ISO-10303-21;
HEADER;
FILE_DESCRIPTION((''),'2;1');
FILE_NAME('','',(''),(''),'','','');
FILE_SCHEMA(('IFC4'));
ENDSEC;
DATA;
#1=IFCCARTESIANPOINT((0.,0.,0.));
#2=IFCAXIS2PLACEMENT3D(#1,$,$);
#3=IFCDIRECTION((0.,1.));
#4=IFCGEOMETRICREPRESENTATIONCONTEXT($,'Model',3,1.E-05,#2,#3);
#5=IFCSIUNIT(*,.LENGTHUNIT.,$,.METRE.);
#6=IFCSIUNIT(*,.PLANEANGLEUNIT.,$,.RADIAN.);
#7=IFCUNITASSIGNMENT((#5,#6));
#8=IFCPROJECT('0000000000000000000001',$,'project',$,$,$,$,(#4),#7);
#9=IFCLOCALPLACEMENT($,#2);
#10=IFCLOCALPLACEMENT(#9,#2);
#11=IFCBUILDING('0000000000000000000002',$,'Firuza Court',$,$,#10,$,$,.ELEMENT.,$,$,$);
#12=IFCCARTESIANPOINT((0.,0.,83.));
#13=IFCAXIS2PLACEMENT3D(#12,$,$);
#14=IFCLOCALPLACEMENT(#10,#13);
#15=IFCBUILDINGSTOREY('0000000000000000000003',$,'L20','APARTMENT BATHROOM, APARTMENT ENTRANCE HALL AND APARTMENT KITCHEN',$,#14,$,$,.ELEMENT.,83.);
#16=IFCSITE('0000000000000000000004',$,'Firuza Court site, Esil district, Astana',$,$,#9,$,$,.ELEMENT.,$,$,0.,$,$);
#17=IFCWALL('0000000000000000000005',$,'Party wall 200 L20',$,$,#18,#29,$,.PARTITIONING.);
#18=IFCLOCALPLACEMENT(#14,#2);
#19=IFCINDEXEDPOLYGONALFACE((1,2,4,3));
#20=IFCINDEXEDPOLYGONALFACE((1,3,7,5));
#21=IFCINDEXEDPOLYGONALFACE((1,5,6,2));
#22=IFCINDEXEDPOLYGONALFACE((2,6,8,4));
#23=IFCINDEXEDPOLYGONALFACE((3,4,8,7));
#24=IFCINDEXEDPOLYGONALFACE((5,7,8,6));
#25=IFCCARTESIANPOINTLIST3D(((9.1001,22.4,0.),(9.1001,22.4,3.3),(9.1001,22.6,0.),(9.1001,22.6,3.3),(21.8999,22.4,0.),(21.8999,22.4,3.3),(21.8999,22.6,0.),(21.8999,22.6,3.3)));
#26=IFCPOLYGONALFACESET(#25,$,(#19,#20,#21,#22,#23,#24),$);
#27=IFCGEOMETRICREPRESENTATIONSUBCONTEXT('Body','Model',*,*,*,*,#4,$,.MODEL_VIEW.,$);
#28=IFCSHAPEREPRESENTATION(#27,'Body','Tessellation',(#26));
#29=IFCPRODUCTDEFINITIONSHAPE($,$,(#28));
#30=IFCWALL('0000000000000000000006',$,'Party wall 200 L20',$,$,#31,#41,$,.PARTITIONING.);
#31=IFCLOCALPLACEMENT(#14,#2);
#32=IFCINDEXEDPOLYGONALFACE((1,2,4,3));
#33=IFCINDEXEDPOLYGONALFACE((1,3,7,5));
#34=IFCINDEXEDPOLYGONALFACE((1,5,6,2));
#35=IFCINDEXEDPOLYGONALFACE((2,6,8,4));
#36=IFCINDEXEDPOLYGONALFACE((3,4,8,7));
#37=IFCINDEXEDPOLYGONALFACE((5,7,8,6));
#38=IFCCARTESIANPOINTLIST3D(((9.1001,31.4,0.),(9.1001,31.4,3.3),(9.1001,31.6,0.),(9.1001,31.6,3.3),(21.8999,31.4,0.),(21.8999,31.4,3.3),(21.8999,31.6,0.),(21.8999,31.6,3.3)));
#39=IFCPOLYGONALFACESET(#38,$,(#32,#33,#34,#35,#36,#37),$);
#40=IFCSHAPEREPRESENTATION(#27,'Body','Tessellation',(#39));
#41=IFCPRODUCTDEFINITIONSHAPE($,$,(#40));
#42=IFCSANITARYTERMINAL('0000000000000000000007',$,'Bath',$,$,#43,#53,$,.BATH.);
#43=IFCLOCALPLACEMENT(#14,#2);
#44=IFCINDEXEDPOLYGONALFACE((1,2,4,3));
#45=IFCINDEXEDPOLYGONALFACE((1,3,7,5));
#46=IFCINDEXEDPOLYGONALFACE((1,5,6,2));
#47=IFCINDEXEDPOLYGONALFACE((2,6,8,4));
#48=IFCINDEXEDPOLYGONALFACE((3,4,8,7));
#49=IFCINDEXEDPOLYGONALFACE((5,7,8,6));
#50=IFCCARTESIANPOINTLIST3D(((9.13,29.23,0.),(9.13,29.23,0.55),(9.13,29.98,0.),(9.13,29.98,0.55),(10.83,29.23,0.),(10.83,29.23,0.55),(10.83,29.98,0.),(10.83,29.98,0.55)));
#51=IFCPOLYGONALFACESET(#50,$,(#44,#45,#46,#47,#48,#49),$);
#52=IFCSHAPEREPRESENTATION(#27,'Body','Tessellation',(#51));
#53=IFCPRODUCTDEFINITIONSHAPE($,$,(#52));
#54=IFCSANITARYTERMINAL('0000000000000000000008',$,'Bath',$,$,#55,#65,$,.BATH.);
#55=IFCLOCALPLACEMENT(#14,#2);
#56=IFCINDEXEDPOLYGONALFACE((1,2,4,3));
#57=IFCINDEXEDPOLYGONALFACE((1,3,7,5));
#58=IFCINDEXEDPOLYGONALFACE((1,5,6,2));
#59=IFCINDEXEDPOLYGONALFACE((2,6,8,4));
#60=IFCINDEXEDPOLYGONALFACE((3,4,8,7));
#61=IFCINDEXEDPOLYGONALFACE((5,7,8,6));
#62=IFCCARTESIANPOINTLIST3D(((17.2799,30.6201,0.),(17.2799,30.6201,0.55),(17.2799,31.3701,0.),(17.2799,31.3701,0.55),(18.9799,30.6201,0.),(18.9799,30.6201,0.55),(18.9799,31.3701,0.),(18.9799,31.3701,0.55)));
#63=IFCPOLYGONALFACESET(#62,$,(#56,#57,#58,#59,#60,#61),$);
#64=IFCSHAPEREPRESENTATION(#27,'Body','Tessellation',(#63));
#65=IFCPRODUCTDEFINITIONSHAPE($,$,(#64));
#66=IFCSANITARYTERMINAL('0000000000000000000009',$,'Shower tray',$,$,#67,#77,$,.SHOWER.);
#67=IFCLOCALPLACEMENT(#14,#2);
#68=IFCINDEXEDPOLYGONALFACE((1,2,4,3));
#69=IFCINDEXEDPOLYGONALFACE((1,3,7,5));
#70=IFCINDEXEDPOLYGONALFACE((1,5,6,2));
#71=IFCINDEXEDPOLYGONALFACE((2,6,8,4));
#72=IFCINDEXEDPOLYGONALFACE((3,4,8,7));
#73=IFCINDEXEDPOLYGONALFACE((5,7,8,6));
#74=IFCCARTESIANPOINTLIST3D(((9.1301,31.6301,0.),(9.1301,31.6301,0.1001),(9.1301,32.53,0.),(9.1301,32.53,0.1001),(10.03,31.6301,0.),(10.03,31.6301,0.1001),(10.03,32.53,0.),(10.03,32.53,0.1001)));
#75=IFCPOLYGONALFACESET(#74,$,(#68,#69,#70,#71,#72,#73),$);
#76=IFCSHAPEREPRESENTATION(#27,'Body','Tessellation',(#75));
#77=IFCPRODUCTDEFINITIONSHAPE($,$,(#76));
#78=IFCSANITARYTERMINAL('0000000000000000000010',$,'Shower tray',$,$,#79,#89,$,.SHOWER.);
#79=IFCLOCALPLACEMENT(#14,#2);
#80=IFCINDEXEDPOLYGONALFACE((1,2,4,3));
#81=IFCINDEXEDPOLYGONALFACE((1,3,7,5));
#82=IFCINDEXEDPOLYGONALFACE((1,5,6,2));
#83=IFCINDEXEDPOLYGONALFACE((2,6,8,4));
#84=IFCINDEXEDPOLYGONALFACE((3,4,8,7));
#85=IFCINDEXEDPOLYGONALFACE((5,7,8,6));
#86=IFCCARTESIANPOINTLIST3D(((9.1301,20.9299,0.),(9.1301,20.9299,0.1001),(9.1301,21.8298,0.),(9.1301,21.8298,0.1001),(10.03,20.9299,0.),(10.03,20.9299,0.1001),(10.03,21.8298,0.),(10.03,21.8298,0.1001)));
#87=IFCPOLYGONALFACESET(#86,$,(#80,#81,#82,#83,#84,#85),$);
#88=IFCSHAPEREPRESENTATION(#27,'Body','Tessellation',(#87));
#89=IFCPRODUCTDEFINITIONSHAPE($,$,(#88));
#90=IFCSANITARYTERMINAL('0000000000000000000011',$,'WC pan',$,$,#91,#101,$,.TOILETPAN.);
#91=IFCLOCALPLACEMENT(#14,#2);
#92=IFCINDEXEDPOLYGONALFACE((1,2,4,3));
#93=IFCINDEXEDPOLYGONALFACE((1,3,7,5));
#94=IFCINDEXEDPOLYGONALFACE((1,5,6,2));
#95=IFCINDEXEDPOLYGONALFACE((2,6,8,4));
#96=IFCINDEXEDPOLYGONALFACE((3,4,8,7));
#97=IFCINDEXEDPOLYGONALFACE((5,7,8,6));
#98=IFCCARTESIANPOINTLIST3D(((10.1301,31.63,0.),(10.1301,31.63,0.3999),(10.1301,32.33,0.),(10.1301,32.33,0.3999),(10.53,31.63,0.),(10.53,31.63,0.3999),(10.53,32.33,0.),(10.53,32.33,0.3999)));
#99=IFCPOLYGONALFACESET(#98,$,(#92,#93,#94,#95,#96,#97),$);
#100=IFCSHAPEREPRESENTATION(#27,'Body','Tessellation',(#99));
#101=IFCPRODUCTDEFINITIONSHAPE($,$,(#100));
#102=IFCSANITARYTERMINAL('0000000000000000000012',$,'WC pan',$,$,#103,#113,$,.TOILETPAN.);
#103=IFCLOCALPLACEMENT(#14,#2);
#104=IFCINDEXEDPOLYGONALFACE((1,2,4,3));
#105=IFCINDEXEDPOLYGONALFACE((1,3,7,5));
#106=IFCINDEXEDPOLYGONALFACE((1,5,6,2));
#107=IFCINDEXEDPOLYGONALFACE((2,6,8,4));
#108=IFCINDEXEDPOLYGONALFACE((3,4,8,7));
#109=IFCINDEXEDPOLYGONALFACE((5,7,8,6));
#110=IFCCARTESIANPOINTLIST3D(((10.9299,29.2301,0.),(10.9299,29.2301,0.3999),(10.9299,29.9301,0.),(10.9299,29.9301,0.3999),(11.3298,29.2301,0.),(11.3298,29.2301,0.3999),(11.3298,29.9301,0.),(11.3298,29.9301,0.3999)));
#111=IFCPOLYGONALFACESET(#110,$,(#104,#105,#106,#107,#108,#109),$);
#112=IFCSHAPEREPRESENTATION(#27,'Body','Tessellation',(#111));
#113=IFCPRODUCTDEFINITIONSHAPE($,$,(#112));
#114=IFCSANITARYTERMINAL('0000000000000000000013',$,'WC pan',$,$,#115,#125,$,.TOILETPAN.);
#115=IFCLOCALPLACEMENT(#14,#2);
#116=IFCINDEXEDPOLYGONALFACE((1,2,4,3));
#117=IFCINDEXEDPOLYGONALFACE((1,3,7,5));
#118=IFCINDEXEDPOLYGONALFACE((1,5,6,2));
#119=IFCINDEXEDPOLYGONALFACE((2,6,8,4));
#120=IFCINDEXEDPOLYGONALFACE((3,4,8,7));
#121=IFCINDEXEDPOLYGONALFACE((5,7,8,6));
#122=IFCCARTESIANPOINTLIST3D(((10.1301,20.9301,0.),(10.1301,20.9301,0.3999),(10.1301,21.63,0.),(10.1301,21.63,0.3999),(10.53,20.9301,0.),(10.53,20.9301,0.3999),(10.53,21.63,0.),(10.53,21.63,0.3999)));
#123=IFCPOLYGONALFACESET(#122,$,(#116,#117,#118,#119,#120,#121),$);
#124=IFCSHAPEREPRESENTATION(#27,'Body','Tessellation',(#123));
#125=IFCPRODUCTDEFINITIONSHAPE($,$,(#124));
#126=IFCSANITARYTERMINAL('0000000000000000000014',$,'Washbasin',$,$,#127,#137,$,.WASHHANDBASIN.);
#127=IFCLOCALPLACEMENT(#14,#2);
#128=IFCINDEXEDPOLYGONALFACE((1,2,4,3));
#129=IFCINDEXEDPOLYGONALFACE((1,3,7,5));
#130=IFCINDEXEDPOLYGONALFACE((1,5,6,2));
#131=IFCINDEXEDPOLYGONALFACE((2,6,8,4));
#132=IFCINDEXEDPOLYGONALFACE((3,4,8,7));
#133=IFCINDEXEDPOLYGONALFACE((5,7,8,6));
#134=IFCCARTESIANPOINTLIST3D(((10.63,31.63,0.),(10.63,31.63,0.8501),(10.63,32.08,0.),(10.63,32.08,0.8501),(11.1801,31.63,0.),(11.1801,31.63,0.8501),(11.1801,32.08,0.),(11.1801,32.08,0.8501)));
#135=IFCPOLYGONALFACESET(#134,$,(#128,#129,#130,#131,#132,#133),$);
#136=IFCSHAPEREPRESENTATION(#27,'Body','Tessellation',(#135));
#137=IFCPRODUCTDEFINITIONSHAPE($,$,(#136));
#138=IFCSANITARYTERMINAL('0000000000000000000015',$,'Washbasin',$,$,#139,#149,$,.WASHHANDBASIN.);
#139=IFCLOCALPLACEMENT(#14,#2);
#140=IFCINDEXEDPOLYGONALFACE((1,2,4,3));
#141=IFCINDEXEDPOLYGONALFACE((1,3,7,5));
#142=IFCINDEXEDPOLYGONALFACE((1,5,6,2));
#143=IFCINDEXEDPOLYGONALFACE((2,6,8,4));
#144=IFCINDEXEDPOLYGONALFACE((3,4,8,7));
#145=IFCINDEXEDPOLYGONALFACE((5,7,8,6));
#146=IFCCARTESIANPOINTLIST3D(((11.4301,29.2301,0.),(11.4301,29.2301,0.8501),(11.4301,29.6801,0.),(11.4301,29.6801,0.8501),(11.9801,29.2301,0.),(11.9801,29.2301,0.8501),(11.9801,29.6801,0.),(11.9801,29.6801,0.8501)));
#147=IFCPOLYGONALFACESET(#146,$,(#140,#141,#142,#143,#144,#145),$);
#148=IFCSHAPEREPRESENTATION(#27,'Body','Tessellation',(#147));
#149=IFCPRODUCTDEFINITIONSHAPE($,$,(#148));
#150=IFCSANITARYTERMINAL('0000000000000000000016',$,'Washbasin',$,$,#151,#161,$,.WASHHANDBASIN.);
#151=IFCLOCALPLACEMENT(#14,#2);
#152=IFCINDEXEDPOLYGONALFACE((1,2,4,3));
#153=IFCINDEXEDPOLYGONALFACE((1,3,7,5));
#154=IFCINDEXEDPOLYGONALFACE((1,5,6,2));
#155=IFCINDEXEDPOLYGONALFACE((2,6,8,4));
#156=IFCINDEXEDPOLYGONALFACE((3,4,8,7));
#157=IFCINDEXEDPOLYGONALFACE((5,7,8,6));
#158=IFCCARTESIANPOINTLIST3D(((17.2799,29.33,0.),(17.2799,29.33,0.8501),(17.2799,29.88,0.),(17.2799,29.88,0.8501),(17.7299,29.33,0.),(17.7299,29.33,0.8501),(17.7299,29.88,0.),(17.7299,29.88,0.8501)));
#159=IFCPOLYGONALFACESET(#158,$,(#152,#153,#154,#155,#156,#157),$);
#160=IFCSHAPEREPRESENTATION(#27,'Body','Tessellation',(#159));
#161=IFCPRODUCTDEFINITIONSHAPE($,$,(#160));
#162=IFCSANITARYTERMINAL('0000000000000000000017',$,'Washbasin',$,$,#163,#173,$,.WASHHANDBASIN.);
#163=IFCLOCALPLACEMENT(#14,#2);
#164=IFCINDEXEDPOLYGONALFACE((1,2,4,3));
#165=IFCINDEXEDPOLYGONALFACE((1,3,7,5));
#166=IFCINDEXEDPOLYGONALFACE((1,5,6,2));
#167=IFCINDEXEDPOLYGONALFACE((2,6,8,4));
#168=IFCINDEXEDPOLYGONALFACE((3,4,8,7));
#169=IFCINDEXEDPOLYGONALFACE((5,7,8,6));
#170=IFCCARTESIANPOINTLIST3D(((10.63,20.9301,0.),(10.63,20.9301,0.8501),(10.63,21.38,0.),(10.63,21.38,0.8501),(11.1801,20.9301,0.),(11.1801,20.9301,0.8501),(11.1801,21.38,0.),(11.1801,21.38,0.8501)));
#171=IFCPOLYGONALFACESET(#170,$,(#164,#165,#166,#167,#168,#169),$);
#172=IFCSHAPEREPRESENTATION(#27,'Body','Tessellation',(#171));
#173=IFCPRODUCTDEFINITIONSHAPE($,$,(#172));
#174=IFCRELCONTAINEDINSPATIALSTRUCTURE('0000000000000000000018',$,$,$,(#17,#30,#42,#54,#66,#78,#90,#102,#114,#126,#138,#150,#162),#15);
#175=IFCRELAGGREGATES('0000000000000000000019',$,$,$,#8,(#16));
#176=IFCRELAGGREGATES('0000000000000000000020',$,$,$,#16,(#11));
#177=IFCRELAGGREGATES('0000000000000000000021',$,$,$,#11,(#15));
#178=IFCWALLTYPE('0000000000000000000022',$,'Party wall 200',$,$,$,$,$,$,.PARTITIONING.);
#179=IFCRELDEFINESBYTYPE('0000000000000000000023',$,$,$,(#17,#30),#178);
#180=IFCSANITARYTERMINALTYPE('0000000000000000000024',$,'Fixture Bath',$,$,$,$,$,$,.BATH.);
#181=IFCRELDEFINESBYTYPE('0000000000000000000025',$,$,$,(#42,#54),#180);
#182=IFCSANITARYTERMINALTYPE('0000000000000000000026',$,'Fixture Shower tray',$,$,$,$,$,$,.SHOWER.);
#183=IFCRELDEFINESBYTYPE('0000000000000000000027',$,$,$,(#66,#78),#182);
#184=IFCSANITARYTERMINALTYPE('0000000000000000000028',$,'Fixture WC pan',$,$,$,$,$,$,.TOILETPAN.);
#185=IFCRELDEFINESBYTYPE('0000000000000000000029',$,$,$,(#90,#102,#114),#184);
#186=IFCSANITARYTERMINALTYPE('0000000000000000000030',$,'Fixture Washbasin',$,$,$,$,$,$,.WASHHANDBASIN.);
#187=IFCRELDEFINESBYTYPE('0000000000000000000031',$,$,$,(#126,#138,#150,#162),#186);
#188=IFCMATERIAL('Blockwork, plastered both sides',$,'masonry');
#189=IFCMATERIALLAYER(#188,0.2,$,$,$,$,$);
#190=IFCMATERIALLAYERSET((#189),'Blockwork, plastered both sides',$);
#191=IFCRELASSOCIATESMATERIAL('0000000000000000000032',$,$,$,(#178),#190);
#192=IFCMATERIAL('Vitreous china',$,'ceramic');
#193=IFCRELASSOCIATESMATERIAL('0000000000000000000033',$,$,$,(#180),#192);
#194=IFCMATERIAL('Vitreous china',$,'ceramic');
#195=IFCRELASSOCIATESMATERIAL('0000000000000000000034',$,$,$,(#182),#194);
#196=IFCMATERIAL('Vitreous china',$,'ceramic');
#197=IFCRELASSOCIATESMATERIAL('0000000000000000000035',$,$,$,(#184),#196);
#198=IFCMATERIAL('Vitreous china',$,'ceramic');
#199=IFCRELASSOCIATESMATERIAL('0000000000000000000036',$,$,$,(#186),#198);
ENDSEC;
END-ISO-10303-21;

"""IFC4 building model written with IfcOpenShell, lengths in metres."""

from ifc_helpers import new_model, si_unit, direction, frame, frame_2d, origin, origin_2d, place, context, subcontext, project, spatial, rectangle, extrude, material, layer, layer_set, type_object, element, save


model = new_model("IFC4")

# Units and contexts
model_context = context("Model", 3, precision=1e-05, world=origin(), true_north=direction((0.0, 1.0)))
body_context = subcontext(model_context, "Body", "Model", "MODEL_VIEW")
ifc_project = project(units=[si_unit("LENGTHUNIT", "METRE"), si_unit("PLANEANGLEUNIT", "RADIAN")], contexts=[model_context])

# Site, building, storey
site_placement = place(None, origin())
site = spatial("IfcSite", under=ifc_project, at=site_placement, Name="Firuza Court site, Esil district, Astana", CompositionType="ELEMENT", RefElevation=0.0)
building_placement = place(site_placement, origin())
building = spatial("IfcBuilding", under=site, at=building_placement, Name="Firuza Court", CompositionType="ELEMENT")
storey_placement = place(building_placement, frame((0.0, 0.0, 83.0)))
storey = spatial("IfcBuildingStorey", under=building, at=storey_placement, Name="L20", Description="APARTMENT BATHROOM, APARTMENT ENTRANCE HALL AND APARTMENT KITCHEN", CompositionType="ELEMENT", Elevation=83.0)

# Walls
ifc_material_1 = material(Name="Blockwork, plastered both sides", Category="masonry")
ifc_layer_1 = layer(ifc_material_1, 0.2)
ifc_layer_set_1 = layer_set([ifc_layer_1], Name="Blockwork, plastered both sides")
wall_type_1 = type_object("IfcWallType", Name="Party wall 200", PredefinedType="PARTITIONING", material=ifc_layer_set_1)
for number, where, z_axis, x_axis, name in (
    (1, (9.1001, 22.5, 0.0), (0.0, 0.0, 1.0), (1.0, 0.0, 0.0), "Party wall 200 L20"),
    (2, (9.1001, 31.5, 0.0), (0.0, 0.0, 1.0), (1.0, 0.0, 0.0), "Party wall 200 L20"),
):
    element("IfcWall", number, at=place(storey_placement, frame(where, z_axis=z_axis, x_axis=x_axis)), inside=storey, type_object=wall_type_1, Name=name, PredefinedType="PARTITIONING", context=body_context, shape_type="SweptSolid", body=[
        extrude(rectangle(XDim=12.7998, YDim=0.2, at=frame_2d((6.3999, 0.0))), origin(), (0.0, 0.0, 1.0), 3.3),
    ])

# Sanitary terminals
ifc_material_2 = material(Name="Vitreous china", Category="ceramic")
sanitary_terminal_type_1 = type_object("IfcSanitaryTerminalType", Name="Fixture Bath", PredefinedType="BATH", material=ifc_material_2)
for number, where, z_axis, x_axis, name in (
    (3, (9.98, 29.605, 0.0), (0.0, 0.0, 1.0), (1.0, 0.0, 0.0), "Bath"),
    (4, (18.1299, 30.9951, 0.0), (0.0, 0.0, 1.0), (1.0, 0.0, 0.0), "Bath"),
):
    element("IfcSanitaryTerminal", number, at=place(storey_placement, frame(where, z_axis=z_axis, x_axis=x_axis)), inside=storey, type_object=sanitary_terminal_type_1, Name=name, PredefinedType="BATH", context=body_context, shape_type="SweptSolid", body=[
        extrude(rectangle(XDim=1.7, YDim=0.75, at=origin_2d()), origin(), (0.0, 0.0, 1.0), 0.55),
    ])
ifc_material_3 = material(Name="Vitreous china", Category="ceramic")
sanitary_terminal_type_2 = type_object("IfcSanitaryTerminalType", Name="Fixture Shower tray", PredefinedType="SHOWER", material=ifc_material_3)
for number, where, z_axis, x_axis, name in (
    (5, (9.5801, 32.0801, 0.0), (0.0, 0.0, 1.0), (1.0, 0.0, 0.0), "Shower tray"),
    (6, (9.5801, 21.3799, 0.0), (0.0, 0.0, 1.0), (1.0, 0.0, 0.0), "Shower tray"),
):
    element("IfcSanitaryTerminal", number, at=place(storey_placement, frame(where, z_axis=z_axis, x_axis=x_axis)), inside=storey, type_object=sanitary_terminal_type_2, Name=name, PredefinedType="SHOWER", context=body_context, shape_type="SweptSolid", body=[
        extrude(rectangle(XDim=0.8999, YDim=0.8999, at=origin_2d()), origin(), (0.0, 0.0, 1.0), 0.1001),
    ])
ifc_material_4 = material(Name="Vitreous china", Category="ceramic")
sanitary_terminal_type_3 = type_object("IfcSanitaryTerminalType", Name="Fixture WC pan", PredefinedType="TOILETPAN", material=ifc_material_4)
for number, where, z_axis, x_axis, name in (
    (7, (10.3301, 31.98, 0.0), (0.0, 0.0, 1.0), (1.0, 0.0, 0.0), "WC pan"),
    (8, (11.1299, 29.5801, 0.0), (0.0, 0.0, 1.0), (1.0, 0.0, 0.0), "WC pan"),
    (9, (10.3301, 21.28, 0.0), (0.0, 0.0, 1.0), (1.0, 0.0, 0.0), "WC pan"),
):
    element("IfcSanitaryTerminal", number, at=place(storey_placement, frame(where, z_axis=z_axis, x_axis=x_axis)), inside=storey, type_object=sanitary_terminal_type_3, Name=name, PredefinedType="TOILETPAN", context=body_context, shape_type="SweptSolid", body=[
        extrude(rectangle(XDim=0.3999, YDim=0.7, at=origin_2d()), origin(), (0.0, 0.0, 1.0), 0.3999),
    ])
ifc_material_5 = material(Name="Vitreous china", Category="ceramic")
sanitary_terminal_type_4 = type_object("IfcSanitaryTerminalType", Name="Fixture Washbasin", PredefinedType="WASHHANDBASIN", material=ifc_material_5)
for number, where, z_axis, x_axis, name in (
    (10, (10.905, 31.855, 0.0), (0.0, 0.0, 1.0), (1.0, 0.0, 0.0), "Washbasin"),
    (11, (11.7051, 29.4551, 0.0), (0.0, 0.0, 1.0), (1.0, 0.0, 0.0), "Washbasin"),
):
    element("IfcSanitaryTerminal", number, at=place(storey_placement, frame(where, z_axis=z_axis, x_axis=x_axis)), inside=storey, type_object=sanitary_terminal_type_4, Name=name, PredefinedType="WASHHANDBASIN", context=body_context, shape_type="SweptSolid", body=[
        extrude(rectangle(XDim=0.55, YDim=0.45, at=origin_2d()), origin(), (0.0, 0.0, 1.0), 0.8501),
    ])
sanitary_terminal_1_placement = place(storey_placement, frame((17.5049, 29.605, 0.0), z_axis=(0.0, 0.0, 1.0), x_axis=(1.0, 0.0, 0.0)))
element("IfcSanitaryTerminal", 12, at=sanitary_terminal_1_placement, inside=storey, type_object=sanitary_terminal_type_4, Name="Washbasin", PredefinedType="WASHHANDBASIN", context=body_context, shape_type="SweptSolid", body=[
    extrude(rectangle(XDim=0.45, YDim=0.55, at=origin_2d()), origin(), (0.0, 0.0, 1.0), 0.8501),
])
sanitary_terminal_2_placement = place(storey_placement, frame((10.905, 21.155, 0.0), z_axis=(0.0, 0.0, 1.0), x_axis=(1.0, 0.0, 0.0)))
element("IfcSanitaryTerminal", 13, at=sanitary_terminal_2_placement, inside=storey, type_object=sanitary_terminal_type_4, Name="Washbasin", PredefinedType="WASHHANDBASIN", context=body_context, shape_type="SweptSolid", body=[
    extrude(rectangle(XDim=0.55, YDim=0.45, at=origin_2d()), origin(), (0.0, 0.0, 1.0), 0.8501),
])

save(model, "model.ifc")
